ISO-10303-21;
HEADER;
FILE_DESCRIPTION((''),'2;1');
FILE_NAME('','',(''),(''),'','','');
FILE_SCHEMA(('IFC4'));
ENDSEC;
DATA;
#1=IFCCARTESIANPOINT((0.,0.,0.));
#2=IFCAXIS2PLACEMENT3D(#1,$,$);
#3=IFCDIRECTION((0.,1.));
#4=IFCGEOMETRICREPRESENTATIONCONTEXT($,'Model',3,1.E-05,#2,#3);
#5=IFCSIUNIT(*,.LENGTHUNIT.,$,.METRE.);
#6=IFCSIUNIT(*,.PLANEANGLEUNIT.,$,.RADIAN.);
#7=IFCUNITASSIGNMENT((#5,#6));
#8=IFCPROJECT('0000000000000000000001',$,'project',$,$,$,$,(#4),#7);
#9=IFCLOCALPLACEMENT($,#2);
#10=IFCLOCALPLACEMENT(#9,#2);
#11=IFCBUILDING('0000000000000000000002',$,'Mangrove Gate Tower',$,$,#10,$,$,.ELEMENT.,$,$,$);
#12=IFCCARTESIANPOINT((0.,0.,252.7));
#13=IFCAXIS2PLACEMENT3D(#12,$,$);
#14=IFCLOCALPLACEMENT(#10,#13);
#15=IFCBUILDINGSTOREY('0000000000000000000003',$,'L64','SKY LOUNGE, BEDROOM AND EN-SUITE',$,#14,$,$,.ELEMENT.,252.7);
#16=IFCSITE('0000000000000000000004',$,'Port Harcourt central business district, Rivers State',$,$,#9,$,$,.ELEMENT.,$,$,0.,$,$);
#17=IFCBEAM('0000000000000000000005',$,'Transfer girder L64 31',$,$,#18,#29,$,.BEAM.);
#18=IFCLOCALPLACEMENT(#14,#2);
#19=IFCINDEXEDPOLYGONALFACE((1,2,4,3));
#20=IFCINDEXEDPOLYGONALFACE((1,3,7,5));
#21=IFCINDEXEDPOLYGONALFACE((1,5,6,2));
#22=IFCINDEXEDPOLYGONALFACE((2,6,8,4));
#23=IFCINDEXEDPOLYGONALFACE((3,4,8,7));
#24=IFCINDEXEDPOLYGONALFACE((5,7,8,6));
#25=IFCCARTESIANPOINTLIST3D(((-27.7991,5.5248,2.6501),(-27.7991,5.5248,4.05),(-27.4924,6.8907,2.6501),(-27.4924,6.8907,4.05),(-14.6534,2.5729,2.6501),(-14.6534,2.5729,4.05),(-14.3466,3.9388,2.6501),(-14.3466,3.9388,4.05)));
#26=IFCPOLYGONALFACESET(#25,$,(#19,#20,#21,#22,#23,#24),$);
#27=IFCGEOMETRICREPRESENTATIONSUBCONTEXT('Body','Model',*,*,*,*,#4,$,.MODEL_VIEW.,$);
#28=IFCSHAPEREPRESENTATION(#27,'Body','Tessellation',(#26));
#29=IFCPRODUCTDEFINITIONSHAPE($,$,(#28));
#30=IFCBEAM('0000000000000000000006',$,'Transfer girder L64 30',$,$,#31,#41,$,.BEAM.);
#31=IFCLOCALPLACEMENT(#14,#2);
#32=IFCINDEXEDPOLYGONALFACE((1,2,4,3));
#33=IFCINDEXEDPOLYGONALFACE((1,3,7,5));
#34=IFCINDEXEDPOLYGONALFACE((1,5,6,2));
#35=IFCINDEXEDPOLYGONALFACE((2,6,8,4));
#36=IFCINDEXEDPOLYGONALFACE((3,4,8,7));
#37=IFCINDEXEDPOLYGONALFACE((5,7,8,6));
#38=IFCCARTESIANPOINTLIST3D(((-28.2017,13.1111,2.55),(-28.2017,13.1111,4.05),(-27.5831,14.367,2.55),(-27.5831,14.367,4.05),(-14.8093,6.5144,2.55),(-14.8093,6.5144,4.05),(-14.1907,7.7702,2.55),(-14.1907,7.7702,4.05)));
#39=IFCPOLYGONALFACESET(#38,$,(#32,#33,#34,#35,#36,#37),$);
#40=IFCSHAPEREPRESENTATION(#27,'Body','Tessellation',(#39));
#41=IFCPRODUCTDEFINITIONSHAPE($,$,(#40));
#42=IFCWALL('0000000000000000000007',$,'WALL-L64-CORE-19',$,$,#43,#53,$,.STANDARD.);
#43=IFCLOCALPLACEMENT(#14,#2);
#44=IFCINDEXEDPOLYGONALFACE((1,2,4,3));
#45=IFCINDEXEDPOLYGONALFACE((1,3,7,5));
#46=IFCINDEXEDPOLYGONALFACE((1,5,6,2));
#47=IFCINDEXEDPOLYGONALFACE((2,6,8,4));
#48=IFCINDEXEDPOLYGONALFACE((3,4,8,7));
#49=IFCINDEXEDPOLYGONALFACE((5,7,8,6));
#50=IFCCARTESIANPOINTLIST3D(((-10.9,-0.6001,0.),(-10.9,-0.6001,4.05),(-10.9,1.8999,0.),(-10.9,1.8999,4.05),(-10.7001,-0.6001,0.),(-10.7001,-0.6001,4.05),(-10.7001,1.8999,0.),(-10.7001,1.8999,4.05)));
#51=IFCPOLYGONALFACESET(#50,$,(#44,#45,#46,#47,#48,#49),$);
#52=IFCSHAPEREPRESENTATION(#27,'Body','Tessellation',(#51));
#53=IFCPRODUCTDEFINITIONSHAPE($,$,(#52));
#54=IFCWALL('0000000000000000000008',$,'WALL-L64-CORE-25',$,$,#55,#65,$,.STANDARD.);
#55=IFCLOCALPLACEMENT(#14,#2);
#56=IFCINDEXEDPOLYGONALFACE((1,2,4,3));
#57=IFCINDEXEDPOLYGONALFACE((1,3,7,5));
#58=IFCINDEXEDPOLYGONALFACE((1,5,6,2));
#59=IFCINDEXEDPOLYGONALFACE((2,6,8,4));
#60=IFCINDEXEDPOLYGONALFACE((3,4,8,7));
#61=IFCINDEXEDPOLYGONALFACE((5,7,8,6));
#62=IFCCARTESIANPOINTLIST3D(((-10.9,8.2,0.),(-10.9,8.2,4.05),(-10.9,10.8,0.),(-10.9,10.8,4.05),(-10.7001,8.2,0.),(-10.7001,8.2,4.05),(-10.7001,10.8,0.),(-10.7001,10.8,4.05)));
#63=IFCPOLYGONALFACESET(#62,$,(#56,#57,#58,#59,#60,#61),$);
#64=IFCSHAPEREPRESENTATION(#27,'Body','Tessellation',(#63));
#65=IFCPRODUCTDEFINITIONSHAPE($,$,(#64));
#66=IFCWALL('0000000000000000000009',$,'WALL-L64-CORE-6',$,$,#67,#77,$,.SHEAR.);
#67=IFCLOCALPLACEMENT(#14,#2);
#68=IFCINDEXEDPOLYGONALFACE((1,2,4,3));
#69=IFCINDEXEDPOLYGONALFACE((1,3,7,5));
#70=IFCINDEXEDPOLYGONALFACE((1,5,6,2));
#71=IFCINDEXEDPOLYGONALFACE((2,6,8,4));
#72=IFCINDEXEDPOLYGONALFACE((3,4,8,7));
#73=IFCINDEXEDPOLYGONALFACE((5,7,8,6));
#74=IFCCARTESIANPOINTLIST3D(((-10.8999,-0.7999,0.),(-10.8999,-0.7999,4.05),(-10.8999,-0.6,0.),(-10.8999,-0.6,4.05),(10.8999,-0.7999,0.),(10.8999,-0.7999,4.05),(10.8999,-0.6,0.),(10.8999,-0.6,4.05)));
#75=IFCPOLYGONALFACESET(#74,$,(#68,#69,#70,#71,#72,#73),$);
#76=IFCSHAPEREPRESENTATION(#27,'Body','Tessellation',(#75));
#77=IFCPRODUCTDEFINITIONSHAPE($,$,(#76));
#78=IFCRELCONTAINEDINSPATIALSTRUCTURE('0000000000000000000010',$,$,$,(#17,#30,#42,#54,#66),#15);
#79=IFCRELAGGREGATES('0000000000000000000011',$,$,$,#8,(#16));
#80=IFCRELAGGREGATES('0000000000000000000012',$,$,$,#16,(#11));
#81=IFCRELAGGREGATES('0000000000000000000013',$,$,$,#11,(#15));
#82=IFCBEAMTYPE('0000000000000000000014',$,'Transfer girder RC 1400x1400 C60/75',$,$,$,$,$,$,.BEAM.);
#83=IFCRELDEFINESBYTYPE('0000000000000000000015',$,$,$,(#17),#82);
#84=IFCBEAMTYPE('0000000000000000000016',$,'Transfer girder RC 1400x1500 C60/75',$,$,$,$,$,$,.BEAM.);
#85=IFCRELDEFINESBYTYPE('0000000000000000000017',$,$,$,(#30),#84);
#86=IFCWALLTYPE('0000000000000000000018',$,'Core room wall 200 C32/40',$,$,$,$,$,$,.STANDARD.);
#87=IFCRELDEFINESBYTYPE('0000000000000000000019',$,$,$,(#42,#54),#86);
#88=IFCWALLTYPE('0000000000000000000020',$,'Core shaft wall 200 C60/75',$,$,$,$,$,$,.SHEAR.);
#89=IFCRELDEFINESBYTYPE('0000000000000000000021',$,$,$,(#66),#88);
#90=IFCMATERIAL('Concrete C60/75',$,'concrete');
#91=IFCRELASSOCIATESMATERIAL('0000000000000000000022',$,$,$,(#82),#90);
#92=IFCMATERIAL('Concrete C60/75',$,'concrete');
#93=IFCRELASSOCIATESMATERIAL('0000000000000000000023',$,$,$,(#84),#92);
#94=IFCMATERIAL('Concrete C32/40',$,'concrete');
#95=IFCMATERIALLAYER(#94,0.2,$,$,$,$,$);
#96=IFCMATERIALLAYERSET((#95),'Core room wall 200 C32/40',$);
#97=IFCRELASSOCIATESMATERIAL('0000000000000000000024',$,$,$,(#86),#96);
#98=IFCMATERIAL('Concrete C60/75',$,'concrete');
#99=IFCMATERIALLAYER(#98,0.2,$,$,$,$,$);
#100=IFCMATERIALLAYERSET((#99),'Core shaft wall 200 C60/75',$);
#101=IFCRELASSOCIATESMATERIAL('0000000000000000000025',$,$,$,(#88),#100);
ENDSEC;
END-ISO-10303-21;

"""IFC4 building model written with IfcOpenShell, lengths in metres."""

from ifc_helpers import new_model, si_unit, direction, frame, frame_2d, origin, origin_2d, place, context, subcontext, project, spatial, rectangle, extrude, material, layer, layer_set, material_profile, profile_set, type_object, element, save


model = new_model("IFC4")

# Units and contexts
model_context = context("Model", 3, precision=1e-05, world=origin(), true_north=direction((0.0, 1.0)))
body_context = subcontext(model_context, "Body", "Model", "MODEL_VIEW")
ifc_project = project(units=[si_unit("LENGTHUNIT", "METRE"), si_unit("PLANEANGLEUNIT", "RADIAN")], contexts=[model_context])

# Site, building, storey
site_placement = place(None, origin())
site = spatial("IfcSite", under=ifc_project, at=site_placement, Name="Port Harcourt central business district, Rivers State", CompositionType="ELEMENT", RefElevation=0.0)
building_placement = place(site_placement, origin())
building = spatial("IfcBuilding", under=site, at=building_placement, Name="Mangrove Gate Tower", CompositionType="ELEMENT")
storey_placement = place(building_placement, frame((0.0, 0.0, 252.7)))
storey = spatial("IfcBuildingStorey", under=building, at=storey_placement, Name="L64", Description="SKY LOUNGE, BEDROOM AND EN-SUITE", CompositionType="ELEMENT", Elevation=252.7)

# Beams
ifc_material_1 = material(Name="Concrete C60/75", Category="concrete")
ifc_material_profile_1 = material_profile(ifc_material_1, rectangle(XDim=1.3999, YDim=1.3999, at=origin_2d()))
ifc_profile_set_1 = profile_set([ifc_material_profile_1], Name="Concrete C60/75")
beam_type_1 = type_object("IfcBeamType", Name="Transfer girder RC 1400x1400 C60/75", PredefinedType="BEAM", material=ifc_profile_set_1)
beam_1_placement = place(storey_placement, frame((-14.5, 3.2559, 3.3501), z_axis=(-0.975703, 0.219096, 0.0), x_axis=(-0.219096, -0.975703, 0.0)))
element("IfcBeam", 1, at=beam_1_placement, inside=storey, type_object=beam_type_1, Name="Transfer girder L64 31", PredefinedType="BEAM", context=body_context, shape_type="SweptSolid", body=[
    extrude(rectangle(XDim=1.3999, YDim=1.3999, at=origin_2d()), origin(), (0.0, 0.0, 1.0), 13.4731),
])
ifc_material_2 = material(Name="Concrete C60/75", Category="concrete")
ifc_material_profile_2 = material_profile(ifc_material_2, rectangle(XDim=1.3999, YDim=1.5, at=origin_2d()))
ifc_profile_set_2 = profile_set([ifc_material_profile_2], Name="Concrete C60/75")
beam_type_2 = type_object("IfcBeamType", Name="Transfer girder RC 1400x1500 C60/75", PredefinedType="BEAM", material=ifc_profile_set_2)
beam_2_placement = place(storey_placement, frame((-14.5, 7.1423, 3.3), z_axis=(-0.897077, 0.441874, 0.0), x_axis=(-0.441874, -0.897077, 0.0)))
element("IfcBeam", 2, at=beam_2_placement, inside=storey, type_object=beam_type_2, Name="Transfer girder L64 30", PredefinedType="BEAM", context=body_context, shape_type="SweptSolid", body=[
    extrude(rectangle(XDim=1.3999, YDim=1.5, at=origin_2d()), origin(), (0.0, 0.0, 1.0), 14.929),
])

# Walls
ifc_material_3 = material(Name="Concrete C32/40", Category="concrete")
ifc_layer_1 = layer(ifc_material_3, 0.2)
ifc_layer_set_1 = layer_set([ifc_layer_1], Name="Core room wall 200 C32/40")
wall_type_1 = type_object("IfcWallType", Name="Core room wall 200 C32/40", PredefinedType="STANDARD", material=ifc_layer_set_1)
wall_1_placement = place(storey_placement, frame((-10.8, -0.6001, 0.0), z_axis=(0.0, 0.0, 1.0), x_axis=(0.0, 1.0, 0.0)))
element("IfcWall", 3, at=wall_1_placement, inside=storey, type_object=wall_type_1, Name="WALL-L64-CORE-19", PredefinedType="STANDARD", context=body_context, shape_type="SweptSolid", body=[
    extrude(rectangle(XDim=2.5, YDim=0.2, at=frame_2d((1.25, 0.0))), origin(), (0.0, 0.0, 1.0), 4.05),
])
wall_2_placement = place(storey_placement, frame((-10.8, 8.2, 0.0), z_axis=(0.0, 0.0, 1.0), x_axis=(0.0, 1.0, 0.0)))
element("IfcWall", 4, at=wall_2_placement, inside=storey, type_object=wall_type_1, Name="WALL-L64-CORE-25", PredefinedType="STANDARD", context=body_context, shape_type="SweptSolid", body=[
    extrude(rectangle(XDim=2.6001, YDim=0.2, at=frame_2d((1.3, 0.0))), origin(), (0.0, 0.0, 1.0), 4.05),
])
ifc_material_4 = material(Name="Concrete C60/75", Category="concrete")
ifc_layer_2 = layer(ifc_material_4, 0.2)
ifc_layer_set_2 = layer_set([ifc_layer_2], Name="Core shaft wall 200 C60/75")
wall_type_2 = type_object("IfcWallType", Name="Core shaft wall 200 C60/75", PredefinedType="SHEAR", material=ifc_layer_set_2)
wall_3_placement = place(storey_placement, frame((-10.8999, -0.7, 0.0), z_axis=(0.0, 0.0, 1.0), x_axis=(1.0, 0.0, 0.0)))
element("IfcWall", 5, at=wall_3_placement, inside=storey, type_object=wall_type_2, Name="WALL-L64-CORE-6", PredefinedType="SHEAR", context=body_context, shape_type="SweptSolid", body=[
    extrude(rectangle(XDim=21.7998, YDim=0.2, at=frame_2d((10.8999, 0.0))), origin(), (0.0, 0.0, 1.0), 4.05),
])

save(model, "model.ifc")
